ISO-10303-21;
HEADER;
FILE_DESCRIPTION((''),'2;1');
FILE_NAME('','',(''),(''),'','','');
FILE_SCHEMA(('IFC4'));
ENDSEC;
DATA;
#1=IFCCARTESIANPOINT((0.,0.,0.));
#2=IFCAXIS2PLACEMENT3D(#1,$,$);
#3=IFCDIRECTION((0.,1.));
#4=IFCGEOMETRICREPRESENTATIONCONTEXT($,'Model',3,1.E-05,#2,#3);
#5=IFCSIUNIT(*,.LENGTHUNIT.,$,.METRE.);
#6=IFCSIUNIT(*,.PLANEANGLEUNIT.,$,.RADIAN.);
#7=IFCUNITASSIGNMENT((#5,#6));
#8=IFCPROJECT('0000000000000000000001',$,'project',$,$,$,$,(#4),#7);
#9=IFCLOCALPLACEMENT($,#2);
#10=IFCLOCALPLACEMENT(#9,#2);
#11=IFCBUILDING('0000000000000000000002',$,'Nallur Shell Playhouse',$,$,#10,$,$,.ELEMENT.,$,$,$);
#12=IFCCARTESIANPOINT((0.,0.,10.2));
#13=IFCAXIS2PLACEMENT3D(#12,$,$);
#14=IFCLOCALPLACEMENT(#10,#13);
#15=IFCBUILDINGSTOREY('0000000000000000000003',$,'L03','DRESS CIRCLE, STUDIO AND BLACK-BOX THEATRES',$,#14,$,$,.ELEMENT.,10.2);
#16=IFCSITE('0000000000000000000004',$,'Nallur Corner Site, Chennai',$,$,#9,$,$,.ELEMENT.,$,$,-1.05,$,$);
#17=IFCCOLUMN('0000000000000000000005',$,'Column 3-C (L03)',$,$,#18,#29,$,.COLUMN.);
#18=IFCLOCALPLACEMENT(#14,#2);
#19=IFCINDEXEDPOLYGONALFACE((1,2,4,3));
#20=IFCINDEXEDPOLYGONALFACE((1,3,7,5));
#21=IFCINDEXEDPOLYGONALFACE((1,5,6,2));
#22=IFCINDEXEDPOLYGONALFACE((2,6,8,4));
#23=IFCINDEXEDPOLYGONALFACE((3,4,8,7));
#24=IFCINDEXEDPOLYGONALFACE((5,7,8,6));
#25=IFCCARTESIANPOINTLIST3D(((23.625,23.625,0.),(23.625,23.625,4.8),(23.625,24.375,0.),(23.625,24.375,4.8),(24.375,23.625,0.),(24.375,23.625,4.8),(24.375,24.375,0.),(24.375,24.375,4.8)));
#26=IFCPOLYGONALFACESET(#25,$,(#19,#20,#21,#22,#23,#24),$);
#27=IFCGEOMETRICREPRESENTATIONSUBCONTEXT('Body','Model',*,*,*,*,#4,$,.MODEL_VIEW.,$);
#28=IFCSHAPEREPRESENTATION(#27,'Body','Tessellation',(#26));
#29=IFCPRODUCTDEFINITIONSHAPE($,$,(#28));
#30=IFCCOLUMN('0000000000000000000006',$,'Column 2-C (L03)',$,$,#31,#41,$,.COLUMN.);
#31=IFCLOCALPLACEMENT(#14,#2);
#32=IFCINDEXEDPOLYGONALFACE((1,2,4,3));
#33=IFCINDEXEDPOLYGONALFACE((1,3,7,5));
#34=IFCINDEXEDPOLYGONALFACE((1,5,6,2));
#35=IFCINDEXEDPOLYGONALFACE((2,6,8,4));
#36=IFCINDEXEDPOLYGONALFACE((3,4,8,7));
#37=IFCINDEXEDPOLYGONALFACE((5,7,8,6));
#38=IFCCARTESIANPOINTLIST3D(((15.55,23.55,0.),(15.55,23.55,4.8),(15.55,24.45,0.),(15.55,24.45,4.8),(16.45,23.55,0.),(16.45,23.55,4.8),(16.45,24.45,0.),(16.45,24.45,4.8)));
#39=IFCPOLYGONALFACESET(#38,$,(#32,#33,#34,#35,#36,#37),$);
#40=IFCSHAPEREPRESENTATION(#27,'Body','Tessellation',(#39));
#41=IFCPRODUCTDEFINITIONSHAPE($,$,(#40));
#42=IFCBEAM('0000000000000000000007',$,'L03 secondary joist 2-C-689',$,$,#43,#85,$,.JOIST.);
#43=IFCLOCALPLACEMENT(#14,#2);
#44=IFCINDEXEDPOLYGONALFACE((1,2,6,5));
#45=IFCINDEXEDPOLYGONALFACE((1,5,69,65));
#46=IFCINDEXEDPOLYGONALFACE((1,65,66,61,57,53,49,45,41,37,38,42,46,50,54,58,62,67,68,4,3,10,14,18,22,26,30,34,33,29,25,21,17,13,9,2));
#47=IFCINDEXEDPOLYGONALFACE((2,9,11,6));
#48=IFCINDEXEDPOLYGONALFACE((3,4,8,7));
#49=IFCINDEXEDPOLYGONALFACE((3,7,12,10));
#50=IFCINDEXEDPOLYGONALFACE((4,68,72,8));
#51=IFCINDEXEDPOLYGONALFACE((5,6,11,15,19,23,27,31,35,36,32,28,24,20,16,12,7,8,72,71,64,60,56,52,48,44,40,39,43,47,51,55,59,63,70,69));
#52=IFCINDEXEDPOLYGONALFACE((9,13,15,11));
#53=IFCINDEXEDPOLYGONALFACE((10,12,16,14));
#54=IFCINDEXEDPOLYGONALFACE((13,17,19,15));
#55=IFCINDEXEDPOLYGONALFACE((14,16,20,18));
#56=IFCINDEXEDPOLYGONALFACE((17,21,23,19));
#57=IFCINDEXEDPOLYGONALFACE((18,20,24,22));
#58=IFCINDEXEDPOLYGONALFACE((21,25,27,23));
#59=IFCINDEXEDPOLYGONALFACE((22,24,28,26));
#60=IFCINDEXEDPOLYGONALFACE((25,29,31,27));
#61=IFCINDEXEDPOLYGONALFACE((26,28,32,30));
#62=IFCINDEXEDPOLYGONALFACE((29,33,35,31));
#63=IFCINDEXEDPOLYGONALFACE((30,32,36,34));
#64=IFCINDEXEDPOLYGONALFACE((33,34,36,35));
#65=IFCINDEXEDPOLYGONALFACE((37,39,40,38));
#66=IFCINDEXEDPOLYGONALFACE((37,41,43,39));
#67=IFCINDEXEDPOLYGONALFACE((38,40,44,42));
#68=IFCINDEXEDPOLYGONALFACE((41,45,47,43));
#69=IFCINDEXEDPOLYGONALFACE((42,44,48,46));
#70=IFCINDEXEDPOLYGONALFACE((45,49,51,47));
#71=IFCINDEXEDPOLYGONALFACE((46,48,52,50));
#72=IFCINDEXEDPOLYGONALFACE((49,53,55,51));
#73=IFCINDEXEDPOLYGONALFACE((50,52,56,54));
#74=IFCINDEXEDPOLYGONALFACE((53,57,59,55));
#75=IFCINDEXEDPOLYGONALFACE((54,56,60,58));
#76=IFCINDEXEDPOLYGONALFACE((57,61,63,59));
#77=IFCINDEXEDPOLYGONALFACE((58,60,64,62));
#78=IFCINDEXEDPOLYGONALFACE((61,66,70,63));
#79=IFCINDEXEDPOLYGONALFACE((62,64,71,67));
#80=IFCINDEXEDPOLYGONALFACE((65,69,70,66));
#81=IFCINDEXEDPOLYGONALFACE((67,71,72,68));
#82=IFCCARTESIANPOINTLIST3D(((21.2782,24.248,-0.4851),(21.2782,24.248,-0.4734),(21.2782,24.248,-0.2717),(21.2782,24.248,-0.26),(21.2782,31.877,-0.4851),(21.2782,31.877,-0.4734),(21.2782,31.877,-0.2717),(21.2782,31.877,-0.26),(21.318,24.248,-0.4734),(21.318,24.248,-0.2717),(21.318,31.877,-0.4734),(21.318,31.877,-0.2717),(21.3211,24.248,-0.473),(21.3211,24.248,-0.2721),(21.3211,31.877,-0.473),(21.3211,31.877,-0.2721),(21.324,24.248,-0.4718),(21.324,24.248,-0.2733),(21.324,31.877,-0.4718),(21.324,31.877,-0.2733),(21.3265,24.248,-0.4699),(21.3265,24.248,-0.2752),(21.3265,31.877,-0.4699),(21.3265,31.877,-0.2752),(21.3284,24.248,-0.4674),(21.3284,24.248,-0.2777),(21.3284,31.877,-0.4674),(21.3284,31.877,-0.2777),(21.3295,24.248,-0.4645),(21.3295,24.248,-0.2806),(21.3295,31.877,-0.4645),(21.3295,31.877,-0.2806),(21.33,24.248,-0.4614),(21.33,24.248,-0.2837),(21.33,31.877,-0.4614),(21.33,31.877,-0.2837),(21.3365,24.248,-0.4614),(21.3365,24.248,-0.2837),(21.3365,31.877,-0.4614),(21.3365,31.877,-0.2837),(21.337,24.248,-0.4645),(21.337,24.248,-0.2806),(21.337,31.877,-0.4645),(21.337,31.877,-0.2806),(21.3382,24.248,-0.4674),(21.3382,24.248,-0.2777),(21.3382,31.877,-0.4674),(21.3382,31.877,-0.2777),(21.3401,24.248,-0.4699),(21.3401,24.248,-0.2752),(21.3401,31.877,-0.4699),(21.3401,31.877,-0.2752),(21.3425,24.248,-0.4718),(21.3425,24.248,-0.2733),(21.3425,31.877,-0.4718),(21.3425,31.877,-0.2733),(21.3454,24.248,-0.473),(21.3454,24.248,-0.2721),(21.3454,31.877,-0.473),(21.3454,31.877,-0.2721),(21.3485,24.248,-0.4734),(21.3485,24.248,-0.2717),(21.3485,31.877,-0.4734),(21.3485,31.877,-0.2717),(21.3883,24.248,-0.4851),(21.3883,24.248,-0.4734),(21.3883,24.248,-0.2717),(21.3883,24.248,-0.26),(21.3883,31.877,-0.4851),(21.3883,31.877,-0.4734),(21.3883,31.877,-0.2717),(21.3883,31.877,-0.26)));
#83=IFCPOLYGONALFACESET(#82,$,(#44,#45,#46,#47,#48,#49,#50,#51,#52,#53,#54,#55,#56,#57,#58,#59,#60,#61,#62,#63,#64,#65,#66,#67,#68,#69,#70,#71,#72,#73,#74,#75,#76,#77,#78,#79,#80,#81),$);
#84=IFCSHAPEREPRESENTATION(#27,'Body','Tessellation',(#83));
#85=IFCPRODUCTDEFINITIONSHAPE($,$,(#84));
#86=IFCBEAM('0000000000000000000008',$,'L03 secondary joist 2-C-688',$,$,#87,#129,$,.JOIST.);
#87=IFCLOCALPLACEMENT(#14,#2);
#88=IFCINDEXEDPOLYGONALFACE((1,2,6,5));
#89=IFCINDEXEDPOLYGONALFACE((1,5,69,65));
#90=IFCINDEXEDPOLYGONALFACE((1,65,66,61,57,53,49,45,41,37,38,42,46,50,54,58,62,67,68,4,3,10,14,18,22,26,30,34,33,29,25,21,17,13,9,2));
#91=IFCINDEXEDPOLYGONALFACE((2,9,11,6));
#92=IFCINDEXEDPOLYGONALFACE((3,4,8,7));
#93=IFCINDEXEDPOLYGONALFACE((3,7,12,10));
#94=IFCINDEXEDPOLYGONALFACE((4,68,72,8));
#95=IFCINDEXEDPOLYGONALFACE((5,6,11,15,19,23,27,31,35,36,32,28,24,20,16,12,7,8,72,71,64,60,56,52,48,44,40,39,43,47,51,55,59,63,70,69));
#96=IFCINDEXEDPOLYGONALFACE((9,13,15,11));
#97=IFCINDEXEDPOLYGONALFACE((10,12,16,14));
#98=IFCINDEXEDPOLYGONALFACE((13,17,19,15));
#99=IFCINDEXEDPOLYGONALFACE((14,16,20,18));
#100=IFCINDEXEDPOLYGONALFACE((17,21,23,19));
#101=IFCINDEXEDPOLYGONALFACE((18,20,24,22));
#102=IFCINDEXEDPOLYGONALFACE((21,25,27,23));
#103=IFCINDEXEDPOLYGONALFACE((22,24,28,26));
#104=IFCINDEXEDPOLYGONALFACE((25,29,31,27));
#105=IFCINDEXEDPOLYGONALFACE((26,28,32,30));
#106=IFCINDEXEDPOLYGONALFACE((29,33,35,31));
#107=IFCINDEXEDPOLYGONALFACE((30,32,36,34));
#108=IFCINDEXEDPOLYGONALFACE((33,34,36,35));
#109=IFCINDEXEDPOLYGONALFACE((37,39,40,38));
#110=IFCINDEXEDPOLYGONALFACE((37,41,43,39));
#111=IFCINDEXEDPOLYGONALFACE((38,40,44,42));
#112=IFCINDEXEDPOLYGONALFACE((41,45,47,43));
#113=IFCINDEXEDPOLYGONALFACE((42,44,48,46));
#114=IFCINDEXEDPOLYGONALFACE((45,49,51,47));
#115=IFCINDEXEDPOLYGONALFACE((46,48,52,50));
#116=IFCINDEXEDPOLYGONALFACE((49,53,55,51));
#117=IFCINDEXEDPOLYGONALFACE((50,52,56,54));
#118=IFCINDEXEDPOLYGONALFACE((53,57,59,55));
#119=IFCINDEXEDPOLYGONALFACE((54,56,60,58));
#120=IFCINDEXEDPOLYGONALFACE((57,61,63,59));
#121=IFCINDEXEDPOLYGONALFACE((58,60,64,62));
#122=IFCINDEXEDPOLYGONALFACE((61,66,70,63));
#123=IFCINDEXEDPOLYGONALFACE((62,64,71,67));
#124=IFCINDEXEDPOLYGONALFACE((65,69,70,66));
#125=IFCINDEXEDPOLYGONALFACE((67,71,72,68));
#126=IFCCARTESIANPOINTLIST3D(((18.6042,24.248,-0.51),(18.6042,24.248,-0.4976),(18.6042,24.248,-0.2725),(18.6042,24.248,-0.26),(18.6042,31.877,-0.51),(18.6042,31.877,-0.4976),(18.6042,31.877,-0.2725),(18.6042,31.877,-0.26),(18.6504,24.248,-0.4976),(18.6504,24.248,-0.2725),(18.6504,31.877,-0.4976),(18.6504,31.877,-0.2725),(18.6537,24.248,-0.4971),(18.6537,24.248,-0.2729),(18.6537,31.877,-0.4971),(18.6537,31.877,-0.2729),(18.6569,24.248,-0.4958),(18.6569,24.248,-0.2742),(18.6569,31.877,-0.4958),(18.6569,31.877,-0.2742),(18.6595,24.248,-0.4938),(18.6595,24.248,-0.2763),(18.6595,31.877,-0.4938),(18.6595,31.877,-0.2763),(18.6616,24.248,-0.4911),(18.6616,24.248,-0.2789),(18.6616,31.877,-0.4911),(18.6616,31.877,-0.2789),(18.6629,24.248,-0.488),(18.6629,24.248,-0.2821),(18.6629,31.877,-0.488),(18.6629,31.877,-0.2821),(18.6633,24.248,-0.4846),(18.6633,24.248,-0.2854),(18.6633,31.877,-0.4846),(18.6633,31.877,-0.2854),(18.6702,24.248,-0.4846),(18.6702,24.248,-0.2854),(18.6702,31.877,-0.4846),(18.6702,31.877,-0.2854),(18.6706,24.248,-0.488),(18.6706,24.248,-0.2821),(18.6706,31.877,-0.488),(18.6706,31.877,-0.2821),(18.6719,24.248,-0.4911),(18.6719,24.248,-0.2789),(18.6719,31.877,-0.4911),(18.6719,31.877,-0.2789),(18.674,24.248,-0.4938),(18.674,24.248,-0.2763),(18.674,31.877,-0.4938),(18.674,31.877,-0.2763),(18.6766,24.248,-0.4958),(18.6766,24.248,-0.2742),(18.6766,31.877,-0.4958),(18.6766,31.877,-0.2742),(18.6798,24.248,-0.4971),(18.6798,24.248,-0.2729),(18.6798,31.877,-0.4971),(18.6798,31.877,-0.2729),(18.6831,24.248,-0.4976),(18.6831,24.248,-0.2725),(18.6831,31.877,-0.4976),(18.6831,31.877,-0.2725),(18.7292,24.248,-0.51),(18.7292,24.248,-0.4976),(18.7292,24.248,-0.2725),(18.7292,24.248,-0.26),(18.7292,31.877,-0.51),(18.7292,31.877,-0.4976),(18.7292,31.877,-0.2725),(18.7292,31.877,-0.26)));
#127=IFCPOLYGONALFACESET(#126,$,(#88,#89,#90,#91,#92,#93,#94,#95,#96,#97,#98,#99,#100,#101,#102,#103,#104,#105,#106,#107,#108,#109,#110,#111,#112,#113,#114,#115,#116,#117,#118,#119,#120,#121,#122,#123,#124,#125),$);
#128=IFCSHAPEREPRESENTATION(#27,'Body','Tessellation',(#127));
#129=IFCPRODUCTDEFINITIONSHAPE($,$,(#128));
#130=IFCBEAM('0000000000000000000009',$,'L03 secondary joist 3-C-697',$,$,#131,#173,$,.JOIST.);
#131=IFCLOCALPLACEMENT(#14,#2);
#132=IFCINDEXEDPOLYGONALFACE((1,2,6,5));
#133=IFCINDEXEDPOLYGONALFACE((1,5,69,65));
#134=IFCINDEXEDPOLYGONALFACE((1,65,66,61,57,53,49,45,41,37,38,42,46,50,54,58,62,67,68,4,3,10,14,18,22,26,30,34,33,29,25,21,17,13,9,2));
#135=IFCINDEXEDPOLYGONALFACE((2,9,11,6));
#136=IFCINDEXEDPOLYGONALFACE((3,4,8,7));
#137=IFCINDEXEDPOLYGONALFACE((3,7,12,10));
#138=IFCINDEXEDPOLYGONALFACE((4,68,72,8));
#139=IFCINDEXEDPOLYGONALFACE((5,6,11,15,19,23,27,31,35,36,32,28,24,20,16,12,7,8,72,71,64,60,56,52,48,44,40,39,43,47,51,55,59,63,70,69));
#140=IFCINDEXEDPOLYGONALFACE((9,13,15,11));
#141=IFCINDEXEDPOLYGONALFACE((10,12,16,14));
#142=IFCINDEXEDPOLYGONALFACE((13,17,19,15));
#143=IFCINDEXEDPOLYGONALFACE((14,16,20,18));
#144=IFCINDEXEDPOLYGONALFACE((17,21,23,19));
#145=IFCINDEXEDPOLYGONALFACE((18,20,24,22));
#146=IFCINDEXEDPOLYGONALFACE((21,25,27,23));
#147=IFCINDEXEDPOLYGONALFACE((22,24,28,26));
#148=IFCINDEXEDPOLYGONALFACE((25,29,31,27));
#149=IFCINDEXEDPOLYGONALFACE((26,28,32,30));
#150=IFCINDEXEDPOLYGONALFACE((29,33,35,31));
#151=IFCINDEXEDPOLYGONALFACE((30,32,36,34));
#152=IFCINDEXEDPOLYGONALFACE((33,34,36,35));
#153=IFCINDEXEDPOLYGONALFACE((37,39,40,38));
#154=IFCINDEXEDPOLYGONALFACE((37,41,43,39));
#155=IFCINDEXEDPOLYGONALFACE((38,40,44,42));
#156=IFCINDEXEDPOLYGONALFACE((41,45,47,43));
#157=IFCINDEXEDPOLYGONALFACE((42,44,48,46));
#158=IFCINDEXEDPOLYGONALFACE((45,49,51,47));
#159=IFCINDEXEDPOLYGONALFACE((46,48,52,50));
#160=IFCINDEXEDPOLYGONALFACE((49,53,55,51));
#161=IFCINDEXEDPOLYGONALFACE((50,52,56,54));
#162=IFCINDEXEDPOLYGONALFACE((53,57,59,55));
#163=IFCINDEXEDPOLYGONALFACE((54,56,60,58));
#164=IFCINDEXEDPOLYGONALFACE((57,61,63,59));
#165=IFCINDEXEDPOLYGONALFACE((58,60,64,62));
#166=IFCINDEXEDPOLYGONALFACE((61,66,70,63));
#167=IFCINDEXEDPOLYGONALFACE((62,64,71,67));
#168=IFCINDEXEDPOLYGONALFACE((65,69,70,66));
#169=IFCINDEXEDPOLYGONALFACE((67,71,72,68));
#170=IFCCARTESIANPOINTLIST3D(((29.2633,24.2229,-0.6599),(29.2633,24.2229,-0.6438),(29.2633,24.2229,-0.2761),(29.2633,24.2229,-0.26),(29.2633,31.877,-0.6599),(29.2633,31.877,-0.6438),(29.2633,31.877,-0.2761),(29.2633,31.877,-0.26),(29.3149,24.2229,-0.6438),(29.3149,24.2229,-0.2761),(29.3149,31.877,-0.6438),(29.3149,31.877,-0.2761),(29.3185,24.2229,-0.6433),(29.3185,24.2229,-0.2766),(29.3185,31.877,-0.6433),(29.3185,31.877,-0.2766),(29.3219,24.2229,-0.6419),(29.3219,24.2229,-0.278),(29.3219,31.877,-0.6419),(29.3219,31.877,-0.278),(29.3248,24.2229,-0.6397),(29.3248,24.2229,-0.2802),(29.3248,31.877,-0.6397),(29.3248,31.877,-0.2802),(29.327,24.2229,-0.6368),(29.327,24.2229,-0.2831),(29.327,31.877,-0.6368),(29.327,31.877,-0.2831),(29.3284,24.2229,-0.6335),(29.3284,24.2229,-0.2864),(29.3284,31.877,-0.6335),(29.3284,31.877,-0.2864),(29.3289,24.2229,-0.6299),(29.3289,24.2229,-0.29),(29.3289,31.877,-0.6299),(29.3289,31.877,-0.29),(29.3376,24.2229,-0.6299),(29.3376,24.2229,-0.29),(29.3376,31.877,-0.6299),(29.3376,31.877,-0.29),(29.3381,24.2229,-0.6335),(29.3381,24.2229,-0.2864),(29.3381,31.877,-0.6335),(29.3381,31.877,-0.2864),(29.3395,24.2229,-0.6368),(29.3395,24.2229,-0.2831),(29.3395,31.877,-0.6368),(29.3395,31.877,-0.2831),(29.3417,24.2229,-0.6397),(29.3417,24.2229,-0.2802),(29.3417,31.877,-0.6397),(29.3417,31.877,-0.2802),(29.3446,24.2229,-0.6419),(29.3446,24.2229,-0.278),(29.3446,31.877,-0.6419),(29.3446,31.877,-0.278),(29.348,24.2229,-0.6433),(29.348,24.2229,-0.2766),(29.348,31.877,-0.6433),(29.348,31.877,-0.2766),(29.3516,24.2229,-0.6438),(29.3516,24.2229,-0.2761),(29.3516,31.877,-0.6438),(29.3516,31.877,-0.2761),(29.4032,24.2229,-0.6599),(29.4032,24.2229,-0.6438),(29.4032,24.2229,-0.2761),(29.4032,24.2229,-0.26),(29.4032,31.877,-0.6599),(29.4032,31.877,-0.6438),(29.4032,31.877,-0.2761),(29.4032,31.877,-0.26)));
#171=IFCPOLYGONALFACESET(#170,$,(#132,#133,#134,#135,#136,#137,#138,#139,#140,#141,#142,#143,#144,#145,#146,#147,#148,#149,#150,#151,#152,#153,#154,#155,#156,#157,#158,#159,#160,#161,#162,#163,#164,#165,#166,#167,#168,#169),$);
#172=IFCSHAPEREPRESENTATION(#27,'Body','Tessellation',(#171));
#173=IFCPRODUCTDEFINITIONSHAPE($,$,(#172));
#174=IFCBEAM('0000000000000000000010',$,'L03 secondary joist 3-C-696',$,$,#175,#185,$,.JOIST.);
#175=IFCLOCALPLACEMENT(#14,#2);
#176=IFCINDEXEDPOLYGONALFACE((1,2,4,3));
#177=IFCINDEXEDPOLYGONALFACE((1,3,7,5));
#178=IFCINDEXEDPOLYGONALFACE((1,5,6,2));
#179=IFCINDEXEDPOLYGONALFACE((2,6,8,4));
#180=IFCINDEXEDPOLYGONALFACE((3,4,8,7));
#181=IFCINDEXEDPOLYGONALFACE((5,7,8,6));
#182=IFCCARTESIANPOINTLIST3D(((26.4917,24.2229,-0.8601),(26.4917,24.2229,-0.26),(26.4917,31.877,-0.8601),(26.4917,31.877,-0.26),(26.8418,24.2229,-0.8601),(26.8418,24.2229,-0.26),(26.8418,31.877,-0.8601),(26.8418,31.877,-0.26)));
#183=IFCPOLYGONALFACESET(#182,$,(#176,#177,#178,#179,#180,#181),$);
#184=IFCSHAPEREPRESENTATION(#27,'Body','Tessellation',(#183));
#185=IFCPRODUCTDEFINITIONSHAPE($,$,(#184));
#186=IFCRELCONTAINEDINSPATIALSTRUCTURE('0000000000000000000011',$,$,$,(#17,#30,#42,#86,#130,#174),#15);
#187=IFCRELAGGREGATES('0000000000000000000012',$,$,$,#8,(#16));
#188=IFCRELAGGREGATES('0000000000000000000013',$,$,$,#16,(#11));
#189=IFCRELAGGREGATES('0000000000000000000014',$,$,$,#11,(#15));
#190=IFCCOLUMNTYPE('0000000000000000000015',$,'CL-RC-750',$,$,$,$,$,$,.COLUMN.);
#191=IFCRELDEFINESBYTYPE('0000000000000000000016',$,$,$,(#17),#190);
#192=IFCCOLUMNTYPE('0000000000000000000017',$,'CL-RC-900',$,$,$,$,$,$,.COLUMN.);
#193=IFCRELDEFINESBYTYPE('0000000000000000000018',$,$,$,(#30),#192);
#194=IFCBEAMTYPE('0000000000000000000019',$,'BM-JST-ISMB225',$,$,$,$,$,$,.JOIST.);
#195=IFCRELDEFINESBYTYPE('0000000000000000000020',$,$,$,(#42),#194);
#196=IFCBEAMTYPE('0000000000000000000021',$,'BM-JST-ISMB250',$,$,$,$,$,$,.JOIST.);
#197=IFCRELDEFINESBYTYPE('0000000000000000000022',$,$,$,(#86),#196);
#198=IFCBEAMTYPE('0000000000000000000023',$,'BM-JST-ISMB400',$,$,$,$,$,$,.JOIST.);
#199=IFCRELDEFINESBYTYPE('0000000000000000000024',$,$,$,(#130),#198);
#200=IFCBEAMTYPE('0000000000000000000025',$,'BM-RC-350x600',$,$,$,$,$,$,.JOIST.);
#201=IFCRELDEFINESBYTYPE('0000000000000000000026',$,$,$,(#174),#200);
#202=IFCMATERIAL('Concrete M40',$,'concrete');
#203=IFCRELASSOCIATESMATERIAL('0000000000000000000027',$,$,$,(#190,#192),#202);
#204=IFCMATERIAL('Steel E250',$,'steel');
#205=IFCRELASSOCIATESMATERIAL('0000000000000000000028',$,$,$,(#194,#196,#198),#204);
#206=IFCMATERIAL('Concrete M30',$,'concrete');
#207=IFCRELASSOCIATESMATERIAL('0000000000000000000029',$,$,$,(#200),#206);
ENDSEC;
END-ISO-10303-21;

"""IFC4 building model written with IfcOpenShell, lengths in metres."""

from ifc_helpers import new_model, si_unit, direction, frame, origin, origin_2d, place, context, subcontext, project, spatial, rectangle, i_section, extrude, material, material_profile, profile_set, type_object, element, save


model = new_model("IFC4")

# Units and contexts
model_context = context("Model", 3, precision=1e-05, world=origin(), true_north=direction((0.0, 1.0)))
body_context = subcontext(model_context, "Body", "Model", "MODEL_VIEW")
ifc_project = project(units=[si_unit("LENGTHUNIT", "METRE"), si_unit("PLANEANGLEUNIT", "RADIAN")], contexts=[model_context])

# Site, building, storey
site_placement = place(None, origin())
site = spatial("IfcSite", under=ifc_project, at=site_placement, Name="Nallur Corner Site, Chennai", CompositionType="ELEMENT", RefElevation=-1.05)
building_placement = place(site_placement, origin())
building = spatial("IfcBuilding", under=site, at=building_placement, Name="Nallur Shell Playhouse", CompositionType="ELEMENT")
storey_placement = place(building_placement, frame((0.0, 0.0, 10.2)))
storey = spatial("IfcBuildingStorey", under=building, at=storey_placement, Name="L03", Description="DRESS CIRCLE, STUDIO AND BLACK-BOX THEATRES", CompositionType="ELEMENT", Elevation=10.2)

# Columns
ifc_material_1 = material(Name="Concrete M40", Category="concrete")
ifc_material_profile_1 = material_profile(ifc_material_1, rectangle(XDim=0.75, YDim=0.75, at=origin_2d()), Name="RC 750x750")
ifc_profile_set_1 = profile_set([ifc_material_profile_1], Name="Concrete M40")
column_type_1 = type_object("IfcColumnType", Name="CL-RC-750", PredefinedType="COLUMN", material=ifc_profile_set_1)
column_1_placement = place(storey_placement, frame((24.0, 24.0, 0.0), z_axis=(0.0, 0.0, 1.0), x_axis=(1.0, 0.0, 0.0)))
element("IfcColumn", 1, at=column_1_placement, inside=storey, type_object=column_type_1, Name="Column 3-C (L03)", PredefinedType="COLUMN", context=body_context, shape_type="SweptSolid", body=[
    extrude(rectangle(XDim=0.75, YDim=0.75, at=origin_2d()), origin(), (0.0, 0.0, 1.0), 4.8),
])
ifc_material_profile_2 = material_profile(ifc_material_1, rectangle(XDim=0.8999, YDim=0.8999, at=origin_2d()), Name="RC 900x900")
ifc_profile_set_2 = profile_set([ifc_material_profile_2], Name="Concrete M40")
column_type_2 = type_object("IfcColumnType", Name="CL-RC-900", PredefinedType="COLUMN", material=ifc_profile_set_2)
column_2_placement = place(storey_placement, frame((16.0, 24.0, 0.0), z_axis=(0.0, 0.0, 1.0), x_axis=(1.0, 0.0, 0.0)))
element("IfcColumn", 2, at=column_2_placement, inside=storey, type_object=column_type_2, Name="Column 2-C (L03)", PredefinedType="COLUMN", context=body_context, shape_type="SweptSolid", body=[
    extrude(rectangle(XDim=0.8999, YDim=0.8999, at=origin_2d()), origin(), (0.0, 0.0, 1.0), 4.8),
])

# Beams
ifc_material_2 = material(Name="Steel E250", Category="steel")
ifc_material_profile_3 = material_profile(ifc_material_2, i_section(OverallWidth=0.1101, OverallDepth=0.2251, WebThickness=0.0066, FlangeThickness=0.0117, FilletRadius=0.012, at=origin_2d()), Name="ISMB 225")
ifc_profile_set_3 = profile_set([ifc_material_profile_3], Name="Steel E250")
beam_type_1 = type_object("IfcBeamType", Name="BM-JST-ISMB225", PredefinedType="JOIST", material=ifc_profile_set_3)
beam_1_placement = place(storey_placement, frame((21.3333, 24.248, -0.3726), z_axis=(0.0, 1.0, 0.0), x_axis=(-1.0, 0.0, 0.0)))
element("IfcBeam", 3, at=beam_1_placement, inside=storey, type_object=beam_type_1, Name="L03 secondary joist 2-C-689", PredefinedType="JOIST", context=body_context, shape_type="SweptSolid", body=[
    extrude(i_section(OverallWidth=0.1101, OverallDepth=0.2251, WebThickness=0.0066, FlangeThickness=0.0117, FilletRadius=0.012, at=origin_2d()), origin(), (0.0, 0.0, 1.0), 7.6289),
])
ifc_material_profile_4 = material_profile(ifc_material_2, i_section(OverallWidth=0.125, OverallDepth=0.25, WebThickness=0.0068, FlangeThickness=0.0125, FilletRadius=0.0129, at=origin_2d()), Name="ISMB 250")
ifc_profile_set_4 = profile_set([ifc_material_profile_4], Name="Steel E250")
beam_type_2 = type_object("IfcBeamType", Name="BM-JST-ISMB250", PredefinedType="JOIST", material=ifc_profile_set_4)
beam_2_placement = place(storey_placement, frame((18.6667, 24.248, -0.385), z_axis=(0.0, 1.0, 0.0), x_axis=(-1.0, 0.0, 0.0)))
element("IfcBeam", 4, at=beam_2_placement, inside=storey, type_object=beam_type_2, Name="L03 secondary joist 2-C-688", PredefinedType="JOIST", context=body_context, shape_type="SweptSolid", body=[
    extrude(i_section(OverallWidth=0.125, OverallDepth=0.25, WebThickness=0.0068, FlangeThickness=0.0125, FilletRadius=0.0129, at=origin_2d()), origin(), (0.0, 0.0, 1.0), 7.6289),
])
ifc_material_profile_5 = material_profile(ifc_material_2, i_section(OverallWidth=0.1399, OverallDepth=0.3999, WebThickness=0.0088, FlangeThickness=0.0161, FilletRadius=0.0139, at=origin_2d()), Name="ISMB 400")
ifc_profile_set_5 = profile_set([ifc_material_profile_5], Name="Steel E250")
beam_type_3 = type_object("IfcBeamType", Name="BM-JST-ISMB400", PredefinedType="JOIST", material=ifc_profile_set_5)
beam_3_placement = place(storey_placement, frame((29.3333, 24.2229, -0.46), z_axis=(0.0, 1.0, 0.0), x_axis=(-1.0, 0.0, 0.0)))
element("IfcBeam", 5, at=beam_3_placement, inside=storey, type_object=beam_type_3, Name="L03 secondary joist 3-C-697", PredefinedType="JOIST", context=body_context, shape_type="SweptSolid", body=[
    extrude(i_section(OverallWidth=0.1399, OverallDepth=0.3999, WebThickness=0.0088, FlangeThickness=0.0161, FilletRadius=0.0139, at=origin_2d()), origin(), (0.0, 0.0, 1.0), 7.6541),
])
ifc_material_3 = material(Name="Concrete M30", Category="concrete")
ifc_material_profile_6 = material_profile(ifc_material_3, rectangle(XDim=0.3501, YDim=0.6001, at=origin_2d()), Name="RC 350x600")
ifc_profile_set_6 = profile_set([ifc_material_profile_6], Name="Concrete M30")
beam_type_4 = type_object("IfcBeamType", Name="BM-RC-350x600", PredefinedType="JOIST", material=ifc_profile_set_6)
beam_4_placement = place(storey_placement, frame((26.6667, 24.2229, -0.5601), z_axis=(0.0, 1.0, 0.0), x_axis=(-1.0, 0.0, 0.0)))
element("IfcBeam", 6, at=beam_4_placement, inside=storey, type_object=beam_type_4, Name="L03 secondary joist 3-C-696", PredefinedType="JOIST", context=body_context, shape_type="SweptSolid", body=[
    extrude(rectangle(XDim=0.3501, YDim=0.6001, at=origin_2d()), origin(), (0.0, 0.0, 1.0), 7.6541),
])

save(model, "model.ifc")
